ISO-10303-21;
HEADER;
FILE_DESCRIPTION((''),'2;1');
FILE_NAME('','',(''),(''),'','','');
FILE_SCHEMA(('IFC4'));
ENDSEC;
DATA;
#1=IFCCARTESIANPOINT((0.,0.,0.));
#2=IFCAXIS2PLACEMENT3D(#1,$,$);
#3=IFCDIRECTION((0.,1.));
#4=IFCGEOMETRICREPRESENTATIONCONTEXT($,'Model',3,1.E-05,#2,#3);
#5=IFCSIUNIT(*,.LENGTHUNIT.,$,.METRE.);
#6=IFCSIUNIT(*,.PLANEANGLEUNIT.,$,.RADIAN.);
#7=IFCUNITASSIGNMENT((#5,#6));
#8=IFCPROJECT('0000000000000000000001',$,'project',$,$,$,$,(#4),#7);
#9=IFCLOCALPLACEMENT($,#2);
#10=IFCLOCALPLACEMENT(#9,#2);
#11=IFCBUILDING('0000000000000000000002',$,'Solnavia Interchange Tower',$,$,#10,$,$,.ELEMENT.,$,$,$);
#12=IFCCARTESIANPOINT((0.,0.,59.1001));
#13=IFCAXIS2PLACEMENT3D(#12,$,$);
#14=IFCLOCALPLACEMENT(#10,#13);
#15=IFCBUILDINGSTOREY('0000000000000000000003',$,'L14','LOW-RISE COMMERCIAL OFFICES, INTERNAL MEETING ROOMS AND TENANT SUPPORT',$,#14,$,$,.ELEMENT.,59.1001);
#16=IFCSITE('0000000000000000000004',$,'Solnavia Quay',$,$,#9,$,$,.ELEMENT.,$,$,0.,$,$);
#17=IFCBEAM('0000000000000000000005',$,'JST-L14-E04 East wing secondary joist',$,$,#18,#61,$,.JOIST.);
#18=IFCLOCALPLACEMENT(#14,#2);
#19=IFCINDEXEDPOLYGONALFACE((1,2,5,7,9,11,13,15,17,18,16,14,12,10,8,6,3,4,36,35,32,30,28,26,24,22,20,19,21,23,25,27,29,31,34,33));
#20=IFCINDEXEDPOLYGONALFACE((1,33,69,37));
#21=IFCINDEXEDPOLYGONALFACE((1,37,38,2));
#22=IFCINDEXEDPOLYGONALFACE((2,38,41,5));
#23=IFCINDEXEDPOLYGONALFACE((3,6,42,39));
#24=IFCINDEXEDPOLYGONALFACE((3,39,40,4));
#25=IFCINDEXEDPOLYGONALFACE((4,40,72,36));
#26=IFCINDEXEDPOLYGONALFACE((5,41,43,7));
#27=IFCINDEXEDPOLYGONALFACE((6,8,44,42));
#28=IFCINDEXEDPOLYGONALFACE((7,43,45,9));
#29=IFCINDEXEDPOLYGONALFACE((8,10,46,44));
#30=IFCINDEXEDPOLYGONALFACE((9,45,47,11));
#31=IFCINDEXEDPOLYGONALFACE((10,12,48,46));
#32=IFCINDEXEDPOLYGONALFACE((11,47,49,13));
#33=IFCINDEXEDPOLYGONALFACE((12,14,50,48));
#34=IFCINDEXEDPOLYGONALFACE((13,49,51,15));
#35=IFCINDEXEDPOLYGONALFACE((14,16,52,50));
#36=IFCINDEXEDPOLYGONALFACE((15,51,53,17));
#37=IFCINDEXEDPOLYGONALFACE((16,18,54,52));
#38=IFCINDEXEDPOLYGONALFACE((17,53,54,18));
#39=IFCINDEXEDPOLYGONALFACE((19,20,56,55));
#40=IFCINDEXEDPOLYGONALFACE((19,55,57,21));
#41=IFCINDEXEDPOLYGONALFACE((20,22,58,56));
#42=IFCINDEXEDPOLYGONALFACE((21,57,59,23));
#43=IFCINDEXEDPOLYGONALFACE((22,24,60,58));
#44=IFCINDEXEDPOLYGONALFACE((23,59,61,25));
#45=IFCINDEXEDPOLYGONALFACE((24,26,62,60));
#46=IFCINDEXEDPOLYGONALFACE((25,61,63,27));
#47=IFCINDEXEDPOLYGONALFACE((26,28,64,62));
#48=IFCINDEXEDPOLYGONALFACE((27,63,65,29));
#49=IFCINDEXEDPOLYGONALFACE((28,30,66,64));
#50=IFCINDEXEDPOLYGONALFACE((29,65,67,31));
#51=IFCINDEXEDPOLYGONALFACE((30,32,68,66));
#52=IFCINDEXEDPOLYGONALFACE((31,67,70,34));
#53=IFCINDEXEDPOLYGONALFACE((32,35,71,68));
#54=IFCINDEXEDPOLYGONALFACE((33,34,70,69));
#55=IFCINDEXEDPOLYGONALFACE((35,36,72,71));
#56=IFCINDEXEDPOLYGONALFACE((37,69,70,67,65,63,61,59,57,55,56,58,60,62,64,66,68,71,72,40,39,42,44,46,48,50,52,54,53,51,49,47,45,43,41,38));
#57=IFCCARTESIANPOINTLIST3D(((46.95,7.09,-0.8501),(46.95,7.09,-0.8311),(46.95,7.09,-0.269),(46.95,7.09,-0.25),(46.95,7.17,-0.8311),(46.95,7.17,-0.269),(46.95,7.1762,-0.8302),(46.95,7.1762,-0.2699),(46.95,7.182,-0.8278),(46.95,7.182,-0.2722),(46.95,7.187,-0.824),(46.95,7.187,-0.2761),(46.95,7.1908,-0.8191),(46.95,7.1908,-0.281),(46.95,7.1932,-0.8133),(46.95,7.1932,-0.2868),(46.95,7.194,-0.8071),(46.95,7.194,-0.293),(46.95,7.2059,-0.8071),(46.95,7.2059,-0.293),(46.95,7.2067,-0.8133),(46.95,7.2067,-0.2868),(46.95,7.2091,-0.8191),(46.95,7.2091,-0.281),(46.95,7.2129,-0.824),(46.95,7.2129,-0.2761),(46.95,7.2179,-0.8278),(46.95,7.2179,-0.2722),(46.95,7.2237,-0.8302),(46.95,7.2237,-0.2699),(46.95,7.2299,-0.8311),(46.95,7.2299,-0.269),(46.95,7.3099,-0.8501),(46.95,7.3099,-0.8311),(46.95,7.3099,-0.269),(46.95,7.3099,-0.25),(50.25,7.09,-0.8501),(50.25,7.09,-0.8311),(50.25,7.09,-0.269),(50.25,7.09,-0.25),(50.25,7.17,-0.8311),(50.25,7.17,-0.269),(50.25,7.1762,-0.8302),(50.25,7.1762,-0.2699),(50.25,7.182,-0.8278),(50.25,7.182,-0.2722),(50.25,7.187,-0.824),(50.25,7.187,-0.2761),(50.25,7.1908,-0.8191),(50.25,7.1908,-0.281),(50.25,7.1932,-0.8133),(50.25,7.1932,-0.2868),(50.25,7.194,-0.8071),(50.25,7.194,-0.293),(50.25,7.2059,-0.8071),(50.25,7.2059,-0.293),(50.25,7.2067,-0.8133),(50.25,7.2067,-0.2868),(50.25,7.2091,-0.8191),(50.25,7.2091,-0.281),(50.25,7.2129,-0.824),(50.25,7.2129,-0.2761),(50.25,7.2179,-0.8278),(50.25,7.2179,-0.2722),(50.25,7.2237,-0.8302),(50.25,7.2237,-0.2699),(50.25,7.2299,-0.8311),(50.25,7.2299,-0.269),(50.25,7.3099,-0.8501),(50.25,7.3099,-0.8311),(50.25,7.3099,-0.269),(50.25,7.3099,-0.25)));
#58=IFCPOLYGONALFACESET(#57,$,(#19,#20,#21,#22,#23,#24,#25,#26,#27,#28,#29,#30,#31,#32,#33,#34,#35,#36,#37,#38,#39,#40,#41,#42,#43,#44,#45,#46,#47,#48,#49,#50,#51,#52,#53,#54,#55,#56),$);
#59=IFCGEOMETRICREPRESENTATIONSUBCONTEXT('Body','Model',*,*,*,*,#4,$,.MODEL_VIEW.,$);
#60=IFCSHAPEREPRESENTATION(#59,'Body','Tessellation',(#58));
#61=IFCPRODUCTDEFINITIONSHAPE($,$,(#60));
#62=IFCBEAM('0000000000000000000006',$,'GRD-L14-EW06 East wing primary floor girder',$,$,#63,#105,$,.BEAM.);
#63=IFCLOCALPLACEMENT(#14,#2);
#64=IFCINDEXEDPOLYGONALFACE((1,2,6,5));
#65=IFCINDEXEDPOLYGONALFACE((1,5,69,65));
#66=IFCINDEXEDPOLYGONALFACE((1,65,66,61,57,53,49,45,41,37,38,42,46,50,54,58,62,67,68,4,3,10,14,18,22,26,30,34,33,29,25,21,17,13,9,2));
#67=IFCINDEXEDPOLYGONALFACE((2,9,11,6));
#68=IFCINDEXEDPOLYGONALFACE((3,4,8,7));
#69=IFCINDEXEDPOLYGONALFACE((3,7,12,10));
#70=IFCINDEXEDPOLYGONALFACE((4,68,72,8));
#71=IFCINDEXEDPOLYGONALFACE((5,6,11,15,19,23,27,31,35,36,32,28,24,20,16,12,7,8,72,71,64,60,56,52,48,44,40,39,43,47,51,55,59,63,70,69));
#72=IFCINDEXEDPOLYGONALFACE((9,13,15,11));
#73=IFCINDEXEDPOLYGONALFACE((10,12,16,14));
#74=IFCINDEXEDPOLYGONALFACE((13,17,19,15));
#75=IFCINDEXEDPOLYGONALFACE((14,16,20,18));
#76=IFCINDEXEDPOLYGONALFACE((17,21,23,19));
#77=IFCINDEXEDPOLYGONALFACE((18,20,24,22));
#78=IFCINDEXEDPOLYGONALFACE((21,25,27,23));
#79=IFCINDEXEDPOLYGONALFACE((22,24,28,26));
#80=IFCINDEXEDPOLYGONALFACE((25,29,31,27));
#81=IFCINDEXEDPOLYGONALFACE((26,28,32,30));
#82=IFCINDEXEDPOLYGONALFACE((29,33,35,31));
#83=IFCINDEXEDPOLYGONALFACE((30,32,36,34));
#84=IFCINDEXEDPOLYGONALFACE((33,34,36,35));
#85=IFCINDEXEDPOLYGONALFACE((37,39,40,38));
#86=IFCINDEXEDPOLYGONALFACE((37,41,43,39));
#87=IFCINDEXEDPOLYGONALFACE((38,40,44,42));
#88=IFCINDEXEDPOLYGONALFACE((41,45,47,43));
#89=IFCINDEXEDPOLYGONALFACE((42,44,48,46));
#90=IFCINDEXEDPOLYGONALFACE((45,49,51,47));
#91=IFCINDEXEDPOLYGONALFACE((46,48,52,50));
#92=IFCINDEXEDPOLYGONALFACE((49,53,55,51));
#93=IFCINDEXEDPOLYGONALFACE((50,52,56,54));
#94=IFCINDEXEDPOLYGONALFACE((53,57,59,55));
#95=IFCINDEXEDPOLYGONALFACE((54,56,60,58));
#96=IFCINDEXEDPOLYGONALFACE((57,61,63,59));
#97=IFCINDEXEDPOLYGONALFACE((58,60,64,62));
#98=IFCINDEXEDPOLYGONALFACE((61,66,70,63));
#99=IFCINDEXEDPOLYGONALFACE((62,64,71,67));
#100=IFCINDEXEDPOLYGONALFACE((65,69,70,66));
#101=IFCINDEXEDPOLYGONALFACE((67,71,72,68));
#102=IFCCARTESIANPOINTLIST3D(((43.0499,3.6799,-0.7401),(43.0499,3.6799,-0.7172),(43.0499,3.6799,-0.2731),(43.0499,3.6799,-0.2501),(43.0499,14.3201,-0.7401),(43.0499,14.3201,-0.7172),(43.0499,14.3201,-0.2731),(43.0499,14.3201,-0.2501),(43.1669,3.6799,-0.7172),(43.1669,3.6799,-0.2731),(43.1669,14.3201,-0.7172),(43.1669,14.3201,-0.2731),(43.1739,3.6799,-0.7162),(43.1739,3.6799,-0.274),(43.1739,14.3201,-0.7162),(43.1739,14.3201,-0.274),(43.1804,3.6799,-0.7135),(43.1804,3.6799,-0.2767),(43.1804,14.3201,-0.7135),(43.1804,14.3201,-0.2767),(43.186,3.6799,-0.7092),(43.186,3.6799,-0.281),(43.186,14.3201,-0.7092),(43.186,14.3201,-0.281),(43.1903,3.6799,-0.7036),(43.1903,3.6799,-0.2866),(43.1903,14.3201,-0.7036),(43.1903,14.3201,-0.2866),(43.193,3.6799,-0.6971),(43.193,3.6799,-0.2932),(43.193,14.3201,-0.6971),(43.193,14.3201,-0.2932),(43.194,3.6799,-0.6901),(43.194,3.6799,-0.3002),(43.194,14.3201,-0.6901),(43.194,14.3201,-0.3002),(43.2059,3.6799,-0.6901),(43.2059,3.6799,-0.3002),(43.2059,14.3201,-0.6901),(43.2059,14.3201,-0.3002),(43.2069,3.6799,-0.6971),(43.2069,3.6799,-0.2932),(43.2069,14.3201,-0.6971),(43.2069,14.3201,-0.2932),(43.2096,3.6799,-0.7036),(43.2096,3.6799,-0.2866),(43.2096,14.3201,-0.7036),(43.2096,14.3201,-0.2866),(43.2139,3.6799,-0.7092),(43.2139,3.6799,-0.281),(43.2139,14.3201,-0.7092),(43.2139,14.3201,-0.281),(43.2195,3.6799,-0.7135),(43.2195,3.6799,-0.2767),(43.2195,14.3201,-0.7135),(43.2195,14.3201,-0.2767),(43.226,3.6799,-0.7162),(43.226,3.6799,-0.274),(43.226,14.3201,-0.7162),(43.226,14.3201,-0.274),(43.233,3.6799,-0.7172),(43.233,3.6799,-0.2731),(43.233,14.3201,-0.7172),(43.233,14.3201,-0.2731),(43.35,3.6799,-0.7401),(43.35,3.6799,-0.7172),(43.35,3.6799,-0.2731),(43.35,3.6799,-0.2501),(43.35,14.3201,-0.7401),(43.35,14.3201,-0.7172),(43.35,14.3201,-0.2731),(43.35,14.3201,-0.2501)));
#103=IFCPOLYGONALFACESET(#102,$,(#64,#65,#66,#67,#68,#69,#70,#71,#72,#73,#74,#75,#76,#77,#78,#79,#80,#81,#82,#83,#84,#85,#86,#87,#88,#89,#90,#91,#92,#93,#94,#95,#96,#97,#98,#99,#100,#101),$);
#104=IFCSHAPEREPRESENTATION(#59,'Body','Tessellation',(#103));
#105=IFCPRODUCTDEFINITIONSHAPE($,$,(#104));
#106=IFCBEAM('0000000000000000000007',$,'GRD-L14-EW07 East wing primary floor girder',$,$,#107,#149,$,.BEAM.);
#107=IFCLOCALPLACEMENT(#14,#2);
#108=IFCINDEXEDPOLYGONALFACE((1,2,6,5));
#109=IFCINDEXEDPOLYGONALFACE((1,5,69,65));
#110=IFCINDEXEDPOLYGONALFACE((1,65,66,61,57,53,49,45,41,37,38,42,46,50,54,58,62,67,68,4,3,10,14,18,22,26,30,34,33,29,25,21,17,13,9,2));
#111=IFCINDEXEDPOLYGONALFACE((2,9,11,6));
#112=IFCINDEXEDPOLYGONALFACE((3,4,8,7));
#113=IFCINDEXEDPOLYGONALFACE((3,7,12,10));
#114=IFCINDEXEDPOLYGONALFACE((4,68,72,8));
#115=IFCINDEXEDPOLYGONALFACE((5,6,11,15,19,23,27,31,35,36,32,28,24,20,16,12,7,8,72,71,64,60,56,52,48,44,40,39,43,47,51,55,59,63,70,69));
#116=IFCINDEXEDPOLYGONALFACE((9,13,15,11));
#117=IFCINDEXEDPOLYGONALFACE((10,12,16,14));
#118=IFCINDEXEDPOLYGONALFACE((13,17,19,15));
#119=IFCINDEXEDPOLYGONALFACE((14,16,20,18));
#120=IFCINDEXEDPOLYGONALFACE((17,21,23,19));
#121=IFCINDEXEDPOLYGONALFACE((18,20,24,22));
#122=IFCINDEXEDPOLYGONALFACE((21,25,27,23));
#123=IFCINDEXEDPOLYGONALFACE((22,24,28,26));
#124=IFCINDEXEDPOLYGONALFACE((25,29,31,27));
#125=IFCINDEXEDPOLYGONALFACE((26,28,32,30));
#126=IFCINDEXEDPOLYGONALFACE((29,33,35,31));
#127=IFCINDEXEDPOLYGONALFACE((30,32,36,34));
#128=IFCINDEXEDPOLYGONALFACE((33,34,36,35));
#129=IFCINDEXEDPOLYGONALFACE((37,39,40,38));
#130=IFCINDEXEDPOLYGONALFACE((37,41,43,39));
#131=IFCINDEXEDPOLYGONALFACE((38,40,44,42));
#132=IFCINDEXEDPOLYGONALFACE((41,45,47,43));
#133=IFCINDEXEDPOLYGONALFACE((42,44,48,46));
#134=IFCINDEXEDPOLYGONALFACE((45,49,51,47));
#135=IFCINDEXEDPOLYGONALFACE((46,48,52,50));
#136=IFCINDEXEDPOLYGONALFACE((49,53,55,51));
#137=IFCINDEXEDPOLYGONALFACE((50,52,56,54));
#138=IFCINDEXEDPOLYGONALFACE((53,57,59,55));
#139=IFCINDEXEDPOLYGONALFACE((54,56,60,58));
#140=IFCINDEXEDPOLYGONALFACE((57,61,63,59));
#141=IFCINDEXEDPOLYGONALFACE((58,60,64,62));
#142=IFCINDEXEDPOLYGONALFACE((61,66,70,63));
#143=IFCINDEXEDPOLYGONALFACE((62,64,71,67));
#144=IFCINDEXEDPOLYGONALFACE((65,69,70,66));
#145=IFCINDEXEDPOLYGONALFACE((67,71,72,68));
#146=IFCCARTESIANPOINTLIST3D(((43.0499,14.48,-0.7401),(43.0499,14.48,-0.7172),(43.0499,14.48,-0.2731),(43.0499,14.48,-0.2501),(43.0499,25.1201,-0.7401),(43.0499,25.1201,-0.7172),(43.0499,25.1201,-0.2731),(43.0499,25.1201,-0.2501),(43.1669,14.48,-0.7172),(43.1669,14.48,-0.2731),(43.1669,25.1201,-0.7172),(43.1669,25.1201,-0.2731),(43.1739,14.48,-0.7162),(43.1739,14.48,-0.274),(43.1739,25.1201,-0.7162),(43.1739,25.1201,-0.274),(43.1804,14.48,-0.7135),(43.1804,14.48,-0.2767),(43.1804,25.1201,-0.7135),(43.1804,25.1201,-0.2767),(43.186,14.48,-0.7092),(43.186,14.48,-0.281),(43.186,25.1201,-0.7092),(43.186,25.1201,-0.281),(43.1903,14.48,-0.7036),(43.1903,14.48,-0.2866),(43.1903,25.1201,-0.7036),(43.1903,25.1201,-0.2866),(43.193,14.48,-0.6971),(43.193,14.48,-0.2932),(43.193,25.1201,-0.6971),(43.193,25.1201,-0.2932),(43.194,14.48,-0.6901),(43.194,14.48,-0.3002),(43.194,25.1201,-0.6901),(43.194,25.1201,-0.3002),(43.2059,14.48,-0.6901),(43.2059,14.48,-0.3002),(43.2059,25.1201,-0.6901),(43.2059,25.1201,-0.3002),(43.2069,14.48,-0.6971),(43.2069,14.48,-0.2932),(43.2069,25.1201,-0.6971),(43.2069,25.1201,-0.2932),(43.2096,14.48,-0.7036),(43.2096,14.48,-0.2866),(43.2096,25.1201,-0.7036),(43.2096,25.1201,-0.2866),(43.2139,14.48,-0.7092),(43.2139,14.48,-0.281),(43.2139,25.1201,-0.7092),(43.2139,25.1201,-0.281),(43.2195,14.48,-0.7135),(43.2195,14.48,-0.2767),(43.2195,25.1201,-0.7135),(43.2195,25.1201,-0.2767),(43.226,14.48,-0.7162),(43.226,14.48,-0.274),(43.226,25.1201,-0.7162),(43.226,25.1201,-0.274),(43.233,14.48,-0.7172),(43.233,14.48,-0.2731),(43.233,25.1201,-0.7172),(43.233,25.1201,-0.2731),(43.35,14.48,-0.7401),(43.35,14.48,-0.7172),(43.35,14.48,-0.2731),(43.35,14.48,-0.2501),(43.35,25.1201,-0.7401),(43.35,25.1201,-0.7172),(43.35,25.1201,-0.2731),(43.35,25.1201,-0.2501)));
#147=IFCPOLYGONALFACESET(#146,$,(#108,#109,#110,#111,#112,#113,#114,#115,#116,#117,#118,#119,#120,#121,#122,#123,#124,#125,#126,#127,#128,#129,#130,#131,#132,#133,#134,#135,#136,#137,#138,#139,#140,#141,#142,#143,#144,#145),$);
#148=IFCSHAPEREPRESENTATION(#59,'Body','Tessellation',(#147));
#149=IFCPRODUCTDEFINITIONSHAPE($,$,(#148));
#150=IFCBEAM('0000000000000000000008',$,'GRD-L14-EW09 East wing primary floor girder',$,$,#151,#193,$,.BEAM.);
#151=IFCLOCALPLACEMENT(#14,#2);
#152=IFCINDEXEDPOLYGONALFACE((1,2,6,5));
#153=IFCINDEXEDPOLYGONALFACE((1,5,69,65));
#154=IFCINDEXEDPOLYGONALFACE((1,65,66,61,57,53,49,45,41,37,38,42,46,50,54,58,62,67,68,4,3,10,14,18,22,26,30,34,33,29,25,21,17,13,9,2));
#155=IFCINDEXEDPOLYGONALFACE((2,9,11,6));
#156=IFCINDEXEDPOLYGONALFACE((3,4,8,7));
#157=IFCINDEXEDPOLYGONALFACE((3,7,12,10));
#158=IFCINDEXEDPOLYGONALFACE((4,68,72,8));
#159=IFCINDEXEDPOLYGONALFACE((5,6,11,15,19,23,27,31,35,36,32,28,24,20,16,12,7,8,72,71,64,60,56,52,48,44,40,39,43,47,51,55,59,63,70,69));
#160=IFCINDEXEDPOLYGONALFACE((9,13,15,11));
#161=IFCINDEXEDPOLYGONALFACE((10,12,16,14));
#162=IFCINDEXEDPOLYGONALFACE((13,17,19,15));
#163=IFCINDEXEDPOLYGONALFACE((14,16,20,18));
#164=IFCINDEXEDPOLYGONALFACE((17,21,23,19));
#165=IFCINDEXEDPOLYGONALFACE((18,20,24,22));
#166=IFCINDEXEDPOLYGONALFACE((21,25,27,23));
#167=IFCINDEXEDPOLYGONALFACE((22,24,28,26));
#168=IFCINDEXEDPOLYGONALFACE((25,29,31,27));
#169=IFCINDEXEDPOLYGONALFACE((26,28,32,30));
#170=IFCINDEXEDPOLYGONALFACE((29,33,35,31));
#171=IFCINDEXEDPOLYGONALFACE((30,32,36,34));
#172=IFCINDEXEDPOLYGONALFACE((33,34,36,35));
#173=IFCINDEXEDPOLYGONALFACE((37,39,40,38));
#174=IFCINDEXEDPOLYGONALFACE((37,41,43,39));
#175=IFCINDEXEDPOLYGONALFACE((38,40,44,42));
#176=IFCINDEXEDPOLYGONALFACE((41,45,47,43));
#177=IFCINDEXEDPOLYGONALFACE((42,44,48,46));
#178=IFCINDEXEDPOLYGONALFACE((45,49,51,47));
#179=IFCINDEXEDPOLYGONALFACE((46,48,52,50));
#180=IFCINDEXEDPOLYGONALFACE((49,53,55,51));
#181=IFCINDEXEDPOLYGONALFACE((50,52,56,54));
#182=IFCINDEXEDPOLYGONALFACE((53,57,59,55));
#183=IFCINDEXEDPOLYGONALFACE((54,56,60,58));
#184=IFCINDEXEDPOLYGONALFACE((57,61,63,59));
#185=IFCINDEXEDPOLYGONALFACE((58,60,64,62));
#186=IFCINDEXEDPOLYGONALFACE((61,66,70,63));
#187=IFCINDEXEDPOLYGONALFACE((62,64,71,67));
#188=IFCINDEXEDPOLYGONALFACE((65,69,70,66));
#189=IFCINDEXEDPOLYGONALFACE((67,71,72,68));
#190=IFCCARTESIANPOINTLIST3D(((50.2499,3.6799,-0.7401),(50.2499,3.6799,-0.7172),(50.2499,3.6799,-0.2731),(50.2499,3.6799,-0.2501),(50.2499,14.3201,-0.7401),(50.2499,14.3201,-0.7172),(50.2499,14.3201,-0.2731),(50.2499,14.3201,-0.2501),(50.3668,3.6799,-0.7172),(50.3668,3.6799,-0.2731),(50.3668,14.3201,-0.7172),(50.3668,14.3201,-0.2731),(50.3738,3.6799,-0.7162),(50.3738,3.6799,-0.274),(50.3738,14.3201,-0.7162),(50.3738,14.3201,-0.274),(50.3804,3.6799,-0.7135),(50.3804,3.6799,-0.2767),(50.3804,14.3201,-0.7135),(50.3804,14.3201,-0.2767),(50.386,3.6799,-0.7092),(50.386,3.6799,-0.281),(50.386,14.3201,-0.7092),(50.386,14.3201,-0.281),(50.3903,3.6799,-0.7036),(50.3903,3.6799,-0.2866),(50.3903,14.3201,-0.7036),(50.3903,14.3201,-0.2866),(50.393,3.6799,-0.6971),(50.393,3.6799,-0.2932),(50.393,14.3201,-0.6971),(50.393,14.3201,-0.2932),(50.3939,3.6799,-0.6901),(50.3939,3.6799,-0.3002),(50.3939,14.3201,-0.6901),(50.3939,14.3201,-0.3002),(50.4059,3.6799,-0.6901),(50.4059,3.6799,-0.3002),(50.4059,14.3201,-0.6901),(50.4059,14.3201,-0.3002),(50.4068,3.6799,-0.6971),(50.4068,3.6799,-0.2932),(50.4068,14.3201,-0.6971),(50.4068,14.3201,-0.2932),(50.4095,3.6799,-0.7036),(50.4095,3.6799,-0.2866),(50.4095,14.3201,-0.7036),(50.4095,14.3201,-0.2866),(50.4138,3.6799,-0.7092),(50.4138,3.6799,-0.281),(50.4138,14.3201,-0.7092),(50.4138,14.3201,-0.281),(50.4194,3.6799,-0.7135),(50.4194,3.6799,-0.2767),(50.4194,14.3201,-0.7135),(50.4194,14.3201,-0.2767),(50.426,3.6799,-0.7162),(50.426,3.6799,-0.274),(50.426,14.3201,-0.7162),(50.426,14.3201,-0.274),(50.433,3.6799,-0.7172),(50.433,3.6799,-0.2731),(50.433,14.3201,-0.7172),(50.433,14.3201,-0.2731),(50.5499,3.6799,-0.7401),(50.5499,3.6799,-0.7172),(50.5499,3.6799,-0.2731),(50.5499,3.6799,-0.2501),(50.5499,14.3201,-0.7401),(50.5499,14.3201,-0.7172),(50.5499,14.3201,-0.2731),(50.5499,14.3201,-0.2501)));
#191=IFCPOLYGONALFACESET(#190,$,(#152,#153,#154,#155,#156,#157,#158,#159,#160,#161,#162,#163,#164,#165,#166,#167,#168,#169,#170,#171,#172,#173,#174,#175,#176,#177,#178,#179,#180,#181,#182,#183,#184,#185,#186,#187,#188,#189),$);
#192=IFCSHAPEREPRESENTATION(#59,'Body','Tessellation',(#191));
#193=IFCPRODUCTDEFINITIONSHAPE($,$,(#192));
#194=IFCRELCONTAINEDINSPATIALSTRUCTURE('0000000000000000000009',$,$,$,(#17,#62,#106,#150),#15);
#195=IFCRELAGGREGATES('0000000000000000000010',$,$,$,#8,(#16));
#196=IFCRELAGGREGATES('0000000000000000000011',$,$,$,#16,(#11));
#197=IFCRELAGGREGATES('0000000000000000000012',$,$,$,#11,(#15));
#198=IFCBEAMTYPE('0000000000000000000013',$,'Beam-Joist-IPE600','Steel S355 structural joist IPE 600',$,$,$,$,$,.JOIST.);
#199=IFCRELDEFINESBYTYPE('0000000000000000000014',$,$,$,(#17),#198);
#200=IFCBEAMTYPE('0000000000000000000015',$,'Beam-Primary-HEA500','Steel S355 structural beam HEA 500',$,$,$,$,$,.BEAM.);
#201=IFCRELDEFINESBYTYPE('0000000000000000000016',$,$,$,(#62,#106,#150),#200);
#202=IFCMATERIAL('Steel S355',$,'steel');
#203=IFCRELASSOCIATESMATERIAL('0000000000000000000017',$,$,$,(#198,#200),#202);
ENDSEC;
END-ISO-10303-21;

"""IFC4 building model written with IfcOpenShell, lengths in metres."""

from ifc_helpers import new_model, si_unit, direction, frame, origin, origin_2d, place, context, subcontext, project, spatial, i_section, extrude, material, material_profile, profile_set, type_object, element, save


model = new_model("IFC4")

# Units and contexts
model_context = context("Model", 3, precision=1e-05, world=origin(), true_north=direction((0.0, 1.0)))
body_context = subcontext(model_context, "Body", "Model", "MODEL_VIEW")
ifc_project = project(units=[si_unit("LENGTHUNIT", "METRE"), si_unit("PLANEANGLEUNIT", "RADIAN")], contexts=[model_context])

# Site, building, storey
site_placement = place(None, origin())
site = spatial("IfcSite", under=ifc_project, at=site_placement, Name="Solnavia Quay", CompositionType="ELEMENT", RefElevation=0.0)
building_placement = place(site_placement, origin())
building = spatial("IfcBuilding", under=site, at=building_placement, Name="Solnavia Interchange Tower", CompositionType="ELEMENT")
storey_placement = place(building_placement, frame((0.0, 0.0, 59.1001)))
storey = spatial("IfcBuildingStorey", under=building, at=storey_placement, Name="L14", Description="LOW-RISE COMMERCIAL OFFICES, INTERNAL MEETING ROOMS AND TENANT SUPPORT", CompositionType="ELEMENT", Elevation=59.1001)

# Shared definitions
ifc_material_1 = material(Name="Steel S355", Category="steel")

# Beams
ifc_material_profile_1 = material_profile(ifc_material_1, i_section(OverallWidth=0.22, OverallDepth=0.6001, WebThickness=0.012, FlangeThickness=0.019, FilletRadius=0.0239, at=origin_2d()), Name="IPE 600")
ifc_profile_set_1 = profile_set([ifc_material_profile_1], Name="Steel S355")
beam_type_1 = type_object("IfcBeamType", Name="Beam-Joist-IPE600", Description="Steel S355 structural joist IPE 600", PredefinedType="JOIST", material=ifc_profile_set_1)
beam_1_placement = place(storey_placement, frame((46.95, 7.2, -0.55), z_axis=(1.0, 0.0, 0.0), x_axis=(0.0, 1.0, 0.0)))
element("IfcBeam", 1, at=beam_1_placement, inside=storey, type_object=beam_type_1, Name="JST-L14-E04 East wing secondary joist", PredefinedType="JOIST", context=body_context, shape_type="SweptSolid", body=[
    extrude(i_section(OverallWidth=0.22, OverallDepth=0.6001, WebThickness=0.012, FlangeThickness=0.019, FilletRadius=0.0239, at=origin_2d()), origin(), (0.0, 0.0, 1.0), 3.3),
])
ifc_material_profile_2 = material_profile(ifc_material_1, i_section(OverallWidth=0.3, OverallDepth=0.49, WebThickness=0.012, FlangeThickness=0.0229, FilletRadius=0.0271, at=origin_2d()), Name="HEA 500")
ifc_profile_set_2 = profile_set([ifc_material_profile_2], Name="Steel S355")
beam_type_2 = type_object("IfcBeamType", Name="Beam-Primary-HEA500", Description="Steel S355 structural beam HEA 500", PredefinedType="BEAM", material=ifc_profile_set_2)
for number, where, z_axis, x_axis, name in (
    (2, (43.2, 3.6799, -0.4951), (0.0, 1.0, 0.0), (-1.0, 0.0, 0.0), "GRD-L14-EW06 East wing primary floor girder"),
    (3, (43.2, 14.48, -0.4951), (0.0, 1.0, 0.0), (-1.0, 0.0, 0.0), "GRD-L14-EW07 East wing primary floor girder"),
    (4, (50.3999, 3.6799, -0.4951), (0.0, 1.0, 0.0), (-1.0, 0.0, 0.0), "GRD-L14-EW09 East wing primary floor girder"),
):
    element("IfcBeam", number, at=place(storey_placement, frame(where, z_axis=z_axis, x_axis=x_axis)), inside=storey, type_object=beam_type_2, Name=name, PredefinedType="BEAM", context=body_context, shape_type="SweptSolid", body=[
        extrude(i_section(OverallWidth=0.3, OverallDepth=0.49, WebThickness=0.012, FlangeThickness=0.0229, FilletRadius=0.0271, at=origin_2d()), origin(), (0.0, 0.0, 1.0), 10.6401),
    ])

save(model, "model.ifc")
